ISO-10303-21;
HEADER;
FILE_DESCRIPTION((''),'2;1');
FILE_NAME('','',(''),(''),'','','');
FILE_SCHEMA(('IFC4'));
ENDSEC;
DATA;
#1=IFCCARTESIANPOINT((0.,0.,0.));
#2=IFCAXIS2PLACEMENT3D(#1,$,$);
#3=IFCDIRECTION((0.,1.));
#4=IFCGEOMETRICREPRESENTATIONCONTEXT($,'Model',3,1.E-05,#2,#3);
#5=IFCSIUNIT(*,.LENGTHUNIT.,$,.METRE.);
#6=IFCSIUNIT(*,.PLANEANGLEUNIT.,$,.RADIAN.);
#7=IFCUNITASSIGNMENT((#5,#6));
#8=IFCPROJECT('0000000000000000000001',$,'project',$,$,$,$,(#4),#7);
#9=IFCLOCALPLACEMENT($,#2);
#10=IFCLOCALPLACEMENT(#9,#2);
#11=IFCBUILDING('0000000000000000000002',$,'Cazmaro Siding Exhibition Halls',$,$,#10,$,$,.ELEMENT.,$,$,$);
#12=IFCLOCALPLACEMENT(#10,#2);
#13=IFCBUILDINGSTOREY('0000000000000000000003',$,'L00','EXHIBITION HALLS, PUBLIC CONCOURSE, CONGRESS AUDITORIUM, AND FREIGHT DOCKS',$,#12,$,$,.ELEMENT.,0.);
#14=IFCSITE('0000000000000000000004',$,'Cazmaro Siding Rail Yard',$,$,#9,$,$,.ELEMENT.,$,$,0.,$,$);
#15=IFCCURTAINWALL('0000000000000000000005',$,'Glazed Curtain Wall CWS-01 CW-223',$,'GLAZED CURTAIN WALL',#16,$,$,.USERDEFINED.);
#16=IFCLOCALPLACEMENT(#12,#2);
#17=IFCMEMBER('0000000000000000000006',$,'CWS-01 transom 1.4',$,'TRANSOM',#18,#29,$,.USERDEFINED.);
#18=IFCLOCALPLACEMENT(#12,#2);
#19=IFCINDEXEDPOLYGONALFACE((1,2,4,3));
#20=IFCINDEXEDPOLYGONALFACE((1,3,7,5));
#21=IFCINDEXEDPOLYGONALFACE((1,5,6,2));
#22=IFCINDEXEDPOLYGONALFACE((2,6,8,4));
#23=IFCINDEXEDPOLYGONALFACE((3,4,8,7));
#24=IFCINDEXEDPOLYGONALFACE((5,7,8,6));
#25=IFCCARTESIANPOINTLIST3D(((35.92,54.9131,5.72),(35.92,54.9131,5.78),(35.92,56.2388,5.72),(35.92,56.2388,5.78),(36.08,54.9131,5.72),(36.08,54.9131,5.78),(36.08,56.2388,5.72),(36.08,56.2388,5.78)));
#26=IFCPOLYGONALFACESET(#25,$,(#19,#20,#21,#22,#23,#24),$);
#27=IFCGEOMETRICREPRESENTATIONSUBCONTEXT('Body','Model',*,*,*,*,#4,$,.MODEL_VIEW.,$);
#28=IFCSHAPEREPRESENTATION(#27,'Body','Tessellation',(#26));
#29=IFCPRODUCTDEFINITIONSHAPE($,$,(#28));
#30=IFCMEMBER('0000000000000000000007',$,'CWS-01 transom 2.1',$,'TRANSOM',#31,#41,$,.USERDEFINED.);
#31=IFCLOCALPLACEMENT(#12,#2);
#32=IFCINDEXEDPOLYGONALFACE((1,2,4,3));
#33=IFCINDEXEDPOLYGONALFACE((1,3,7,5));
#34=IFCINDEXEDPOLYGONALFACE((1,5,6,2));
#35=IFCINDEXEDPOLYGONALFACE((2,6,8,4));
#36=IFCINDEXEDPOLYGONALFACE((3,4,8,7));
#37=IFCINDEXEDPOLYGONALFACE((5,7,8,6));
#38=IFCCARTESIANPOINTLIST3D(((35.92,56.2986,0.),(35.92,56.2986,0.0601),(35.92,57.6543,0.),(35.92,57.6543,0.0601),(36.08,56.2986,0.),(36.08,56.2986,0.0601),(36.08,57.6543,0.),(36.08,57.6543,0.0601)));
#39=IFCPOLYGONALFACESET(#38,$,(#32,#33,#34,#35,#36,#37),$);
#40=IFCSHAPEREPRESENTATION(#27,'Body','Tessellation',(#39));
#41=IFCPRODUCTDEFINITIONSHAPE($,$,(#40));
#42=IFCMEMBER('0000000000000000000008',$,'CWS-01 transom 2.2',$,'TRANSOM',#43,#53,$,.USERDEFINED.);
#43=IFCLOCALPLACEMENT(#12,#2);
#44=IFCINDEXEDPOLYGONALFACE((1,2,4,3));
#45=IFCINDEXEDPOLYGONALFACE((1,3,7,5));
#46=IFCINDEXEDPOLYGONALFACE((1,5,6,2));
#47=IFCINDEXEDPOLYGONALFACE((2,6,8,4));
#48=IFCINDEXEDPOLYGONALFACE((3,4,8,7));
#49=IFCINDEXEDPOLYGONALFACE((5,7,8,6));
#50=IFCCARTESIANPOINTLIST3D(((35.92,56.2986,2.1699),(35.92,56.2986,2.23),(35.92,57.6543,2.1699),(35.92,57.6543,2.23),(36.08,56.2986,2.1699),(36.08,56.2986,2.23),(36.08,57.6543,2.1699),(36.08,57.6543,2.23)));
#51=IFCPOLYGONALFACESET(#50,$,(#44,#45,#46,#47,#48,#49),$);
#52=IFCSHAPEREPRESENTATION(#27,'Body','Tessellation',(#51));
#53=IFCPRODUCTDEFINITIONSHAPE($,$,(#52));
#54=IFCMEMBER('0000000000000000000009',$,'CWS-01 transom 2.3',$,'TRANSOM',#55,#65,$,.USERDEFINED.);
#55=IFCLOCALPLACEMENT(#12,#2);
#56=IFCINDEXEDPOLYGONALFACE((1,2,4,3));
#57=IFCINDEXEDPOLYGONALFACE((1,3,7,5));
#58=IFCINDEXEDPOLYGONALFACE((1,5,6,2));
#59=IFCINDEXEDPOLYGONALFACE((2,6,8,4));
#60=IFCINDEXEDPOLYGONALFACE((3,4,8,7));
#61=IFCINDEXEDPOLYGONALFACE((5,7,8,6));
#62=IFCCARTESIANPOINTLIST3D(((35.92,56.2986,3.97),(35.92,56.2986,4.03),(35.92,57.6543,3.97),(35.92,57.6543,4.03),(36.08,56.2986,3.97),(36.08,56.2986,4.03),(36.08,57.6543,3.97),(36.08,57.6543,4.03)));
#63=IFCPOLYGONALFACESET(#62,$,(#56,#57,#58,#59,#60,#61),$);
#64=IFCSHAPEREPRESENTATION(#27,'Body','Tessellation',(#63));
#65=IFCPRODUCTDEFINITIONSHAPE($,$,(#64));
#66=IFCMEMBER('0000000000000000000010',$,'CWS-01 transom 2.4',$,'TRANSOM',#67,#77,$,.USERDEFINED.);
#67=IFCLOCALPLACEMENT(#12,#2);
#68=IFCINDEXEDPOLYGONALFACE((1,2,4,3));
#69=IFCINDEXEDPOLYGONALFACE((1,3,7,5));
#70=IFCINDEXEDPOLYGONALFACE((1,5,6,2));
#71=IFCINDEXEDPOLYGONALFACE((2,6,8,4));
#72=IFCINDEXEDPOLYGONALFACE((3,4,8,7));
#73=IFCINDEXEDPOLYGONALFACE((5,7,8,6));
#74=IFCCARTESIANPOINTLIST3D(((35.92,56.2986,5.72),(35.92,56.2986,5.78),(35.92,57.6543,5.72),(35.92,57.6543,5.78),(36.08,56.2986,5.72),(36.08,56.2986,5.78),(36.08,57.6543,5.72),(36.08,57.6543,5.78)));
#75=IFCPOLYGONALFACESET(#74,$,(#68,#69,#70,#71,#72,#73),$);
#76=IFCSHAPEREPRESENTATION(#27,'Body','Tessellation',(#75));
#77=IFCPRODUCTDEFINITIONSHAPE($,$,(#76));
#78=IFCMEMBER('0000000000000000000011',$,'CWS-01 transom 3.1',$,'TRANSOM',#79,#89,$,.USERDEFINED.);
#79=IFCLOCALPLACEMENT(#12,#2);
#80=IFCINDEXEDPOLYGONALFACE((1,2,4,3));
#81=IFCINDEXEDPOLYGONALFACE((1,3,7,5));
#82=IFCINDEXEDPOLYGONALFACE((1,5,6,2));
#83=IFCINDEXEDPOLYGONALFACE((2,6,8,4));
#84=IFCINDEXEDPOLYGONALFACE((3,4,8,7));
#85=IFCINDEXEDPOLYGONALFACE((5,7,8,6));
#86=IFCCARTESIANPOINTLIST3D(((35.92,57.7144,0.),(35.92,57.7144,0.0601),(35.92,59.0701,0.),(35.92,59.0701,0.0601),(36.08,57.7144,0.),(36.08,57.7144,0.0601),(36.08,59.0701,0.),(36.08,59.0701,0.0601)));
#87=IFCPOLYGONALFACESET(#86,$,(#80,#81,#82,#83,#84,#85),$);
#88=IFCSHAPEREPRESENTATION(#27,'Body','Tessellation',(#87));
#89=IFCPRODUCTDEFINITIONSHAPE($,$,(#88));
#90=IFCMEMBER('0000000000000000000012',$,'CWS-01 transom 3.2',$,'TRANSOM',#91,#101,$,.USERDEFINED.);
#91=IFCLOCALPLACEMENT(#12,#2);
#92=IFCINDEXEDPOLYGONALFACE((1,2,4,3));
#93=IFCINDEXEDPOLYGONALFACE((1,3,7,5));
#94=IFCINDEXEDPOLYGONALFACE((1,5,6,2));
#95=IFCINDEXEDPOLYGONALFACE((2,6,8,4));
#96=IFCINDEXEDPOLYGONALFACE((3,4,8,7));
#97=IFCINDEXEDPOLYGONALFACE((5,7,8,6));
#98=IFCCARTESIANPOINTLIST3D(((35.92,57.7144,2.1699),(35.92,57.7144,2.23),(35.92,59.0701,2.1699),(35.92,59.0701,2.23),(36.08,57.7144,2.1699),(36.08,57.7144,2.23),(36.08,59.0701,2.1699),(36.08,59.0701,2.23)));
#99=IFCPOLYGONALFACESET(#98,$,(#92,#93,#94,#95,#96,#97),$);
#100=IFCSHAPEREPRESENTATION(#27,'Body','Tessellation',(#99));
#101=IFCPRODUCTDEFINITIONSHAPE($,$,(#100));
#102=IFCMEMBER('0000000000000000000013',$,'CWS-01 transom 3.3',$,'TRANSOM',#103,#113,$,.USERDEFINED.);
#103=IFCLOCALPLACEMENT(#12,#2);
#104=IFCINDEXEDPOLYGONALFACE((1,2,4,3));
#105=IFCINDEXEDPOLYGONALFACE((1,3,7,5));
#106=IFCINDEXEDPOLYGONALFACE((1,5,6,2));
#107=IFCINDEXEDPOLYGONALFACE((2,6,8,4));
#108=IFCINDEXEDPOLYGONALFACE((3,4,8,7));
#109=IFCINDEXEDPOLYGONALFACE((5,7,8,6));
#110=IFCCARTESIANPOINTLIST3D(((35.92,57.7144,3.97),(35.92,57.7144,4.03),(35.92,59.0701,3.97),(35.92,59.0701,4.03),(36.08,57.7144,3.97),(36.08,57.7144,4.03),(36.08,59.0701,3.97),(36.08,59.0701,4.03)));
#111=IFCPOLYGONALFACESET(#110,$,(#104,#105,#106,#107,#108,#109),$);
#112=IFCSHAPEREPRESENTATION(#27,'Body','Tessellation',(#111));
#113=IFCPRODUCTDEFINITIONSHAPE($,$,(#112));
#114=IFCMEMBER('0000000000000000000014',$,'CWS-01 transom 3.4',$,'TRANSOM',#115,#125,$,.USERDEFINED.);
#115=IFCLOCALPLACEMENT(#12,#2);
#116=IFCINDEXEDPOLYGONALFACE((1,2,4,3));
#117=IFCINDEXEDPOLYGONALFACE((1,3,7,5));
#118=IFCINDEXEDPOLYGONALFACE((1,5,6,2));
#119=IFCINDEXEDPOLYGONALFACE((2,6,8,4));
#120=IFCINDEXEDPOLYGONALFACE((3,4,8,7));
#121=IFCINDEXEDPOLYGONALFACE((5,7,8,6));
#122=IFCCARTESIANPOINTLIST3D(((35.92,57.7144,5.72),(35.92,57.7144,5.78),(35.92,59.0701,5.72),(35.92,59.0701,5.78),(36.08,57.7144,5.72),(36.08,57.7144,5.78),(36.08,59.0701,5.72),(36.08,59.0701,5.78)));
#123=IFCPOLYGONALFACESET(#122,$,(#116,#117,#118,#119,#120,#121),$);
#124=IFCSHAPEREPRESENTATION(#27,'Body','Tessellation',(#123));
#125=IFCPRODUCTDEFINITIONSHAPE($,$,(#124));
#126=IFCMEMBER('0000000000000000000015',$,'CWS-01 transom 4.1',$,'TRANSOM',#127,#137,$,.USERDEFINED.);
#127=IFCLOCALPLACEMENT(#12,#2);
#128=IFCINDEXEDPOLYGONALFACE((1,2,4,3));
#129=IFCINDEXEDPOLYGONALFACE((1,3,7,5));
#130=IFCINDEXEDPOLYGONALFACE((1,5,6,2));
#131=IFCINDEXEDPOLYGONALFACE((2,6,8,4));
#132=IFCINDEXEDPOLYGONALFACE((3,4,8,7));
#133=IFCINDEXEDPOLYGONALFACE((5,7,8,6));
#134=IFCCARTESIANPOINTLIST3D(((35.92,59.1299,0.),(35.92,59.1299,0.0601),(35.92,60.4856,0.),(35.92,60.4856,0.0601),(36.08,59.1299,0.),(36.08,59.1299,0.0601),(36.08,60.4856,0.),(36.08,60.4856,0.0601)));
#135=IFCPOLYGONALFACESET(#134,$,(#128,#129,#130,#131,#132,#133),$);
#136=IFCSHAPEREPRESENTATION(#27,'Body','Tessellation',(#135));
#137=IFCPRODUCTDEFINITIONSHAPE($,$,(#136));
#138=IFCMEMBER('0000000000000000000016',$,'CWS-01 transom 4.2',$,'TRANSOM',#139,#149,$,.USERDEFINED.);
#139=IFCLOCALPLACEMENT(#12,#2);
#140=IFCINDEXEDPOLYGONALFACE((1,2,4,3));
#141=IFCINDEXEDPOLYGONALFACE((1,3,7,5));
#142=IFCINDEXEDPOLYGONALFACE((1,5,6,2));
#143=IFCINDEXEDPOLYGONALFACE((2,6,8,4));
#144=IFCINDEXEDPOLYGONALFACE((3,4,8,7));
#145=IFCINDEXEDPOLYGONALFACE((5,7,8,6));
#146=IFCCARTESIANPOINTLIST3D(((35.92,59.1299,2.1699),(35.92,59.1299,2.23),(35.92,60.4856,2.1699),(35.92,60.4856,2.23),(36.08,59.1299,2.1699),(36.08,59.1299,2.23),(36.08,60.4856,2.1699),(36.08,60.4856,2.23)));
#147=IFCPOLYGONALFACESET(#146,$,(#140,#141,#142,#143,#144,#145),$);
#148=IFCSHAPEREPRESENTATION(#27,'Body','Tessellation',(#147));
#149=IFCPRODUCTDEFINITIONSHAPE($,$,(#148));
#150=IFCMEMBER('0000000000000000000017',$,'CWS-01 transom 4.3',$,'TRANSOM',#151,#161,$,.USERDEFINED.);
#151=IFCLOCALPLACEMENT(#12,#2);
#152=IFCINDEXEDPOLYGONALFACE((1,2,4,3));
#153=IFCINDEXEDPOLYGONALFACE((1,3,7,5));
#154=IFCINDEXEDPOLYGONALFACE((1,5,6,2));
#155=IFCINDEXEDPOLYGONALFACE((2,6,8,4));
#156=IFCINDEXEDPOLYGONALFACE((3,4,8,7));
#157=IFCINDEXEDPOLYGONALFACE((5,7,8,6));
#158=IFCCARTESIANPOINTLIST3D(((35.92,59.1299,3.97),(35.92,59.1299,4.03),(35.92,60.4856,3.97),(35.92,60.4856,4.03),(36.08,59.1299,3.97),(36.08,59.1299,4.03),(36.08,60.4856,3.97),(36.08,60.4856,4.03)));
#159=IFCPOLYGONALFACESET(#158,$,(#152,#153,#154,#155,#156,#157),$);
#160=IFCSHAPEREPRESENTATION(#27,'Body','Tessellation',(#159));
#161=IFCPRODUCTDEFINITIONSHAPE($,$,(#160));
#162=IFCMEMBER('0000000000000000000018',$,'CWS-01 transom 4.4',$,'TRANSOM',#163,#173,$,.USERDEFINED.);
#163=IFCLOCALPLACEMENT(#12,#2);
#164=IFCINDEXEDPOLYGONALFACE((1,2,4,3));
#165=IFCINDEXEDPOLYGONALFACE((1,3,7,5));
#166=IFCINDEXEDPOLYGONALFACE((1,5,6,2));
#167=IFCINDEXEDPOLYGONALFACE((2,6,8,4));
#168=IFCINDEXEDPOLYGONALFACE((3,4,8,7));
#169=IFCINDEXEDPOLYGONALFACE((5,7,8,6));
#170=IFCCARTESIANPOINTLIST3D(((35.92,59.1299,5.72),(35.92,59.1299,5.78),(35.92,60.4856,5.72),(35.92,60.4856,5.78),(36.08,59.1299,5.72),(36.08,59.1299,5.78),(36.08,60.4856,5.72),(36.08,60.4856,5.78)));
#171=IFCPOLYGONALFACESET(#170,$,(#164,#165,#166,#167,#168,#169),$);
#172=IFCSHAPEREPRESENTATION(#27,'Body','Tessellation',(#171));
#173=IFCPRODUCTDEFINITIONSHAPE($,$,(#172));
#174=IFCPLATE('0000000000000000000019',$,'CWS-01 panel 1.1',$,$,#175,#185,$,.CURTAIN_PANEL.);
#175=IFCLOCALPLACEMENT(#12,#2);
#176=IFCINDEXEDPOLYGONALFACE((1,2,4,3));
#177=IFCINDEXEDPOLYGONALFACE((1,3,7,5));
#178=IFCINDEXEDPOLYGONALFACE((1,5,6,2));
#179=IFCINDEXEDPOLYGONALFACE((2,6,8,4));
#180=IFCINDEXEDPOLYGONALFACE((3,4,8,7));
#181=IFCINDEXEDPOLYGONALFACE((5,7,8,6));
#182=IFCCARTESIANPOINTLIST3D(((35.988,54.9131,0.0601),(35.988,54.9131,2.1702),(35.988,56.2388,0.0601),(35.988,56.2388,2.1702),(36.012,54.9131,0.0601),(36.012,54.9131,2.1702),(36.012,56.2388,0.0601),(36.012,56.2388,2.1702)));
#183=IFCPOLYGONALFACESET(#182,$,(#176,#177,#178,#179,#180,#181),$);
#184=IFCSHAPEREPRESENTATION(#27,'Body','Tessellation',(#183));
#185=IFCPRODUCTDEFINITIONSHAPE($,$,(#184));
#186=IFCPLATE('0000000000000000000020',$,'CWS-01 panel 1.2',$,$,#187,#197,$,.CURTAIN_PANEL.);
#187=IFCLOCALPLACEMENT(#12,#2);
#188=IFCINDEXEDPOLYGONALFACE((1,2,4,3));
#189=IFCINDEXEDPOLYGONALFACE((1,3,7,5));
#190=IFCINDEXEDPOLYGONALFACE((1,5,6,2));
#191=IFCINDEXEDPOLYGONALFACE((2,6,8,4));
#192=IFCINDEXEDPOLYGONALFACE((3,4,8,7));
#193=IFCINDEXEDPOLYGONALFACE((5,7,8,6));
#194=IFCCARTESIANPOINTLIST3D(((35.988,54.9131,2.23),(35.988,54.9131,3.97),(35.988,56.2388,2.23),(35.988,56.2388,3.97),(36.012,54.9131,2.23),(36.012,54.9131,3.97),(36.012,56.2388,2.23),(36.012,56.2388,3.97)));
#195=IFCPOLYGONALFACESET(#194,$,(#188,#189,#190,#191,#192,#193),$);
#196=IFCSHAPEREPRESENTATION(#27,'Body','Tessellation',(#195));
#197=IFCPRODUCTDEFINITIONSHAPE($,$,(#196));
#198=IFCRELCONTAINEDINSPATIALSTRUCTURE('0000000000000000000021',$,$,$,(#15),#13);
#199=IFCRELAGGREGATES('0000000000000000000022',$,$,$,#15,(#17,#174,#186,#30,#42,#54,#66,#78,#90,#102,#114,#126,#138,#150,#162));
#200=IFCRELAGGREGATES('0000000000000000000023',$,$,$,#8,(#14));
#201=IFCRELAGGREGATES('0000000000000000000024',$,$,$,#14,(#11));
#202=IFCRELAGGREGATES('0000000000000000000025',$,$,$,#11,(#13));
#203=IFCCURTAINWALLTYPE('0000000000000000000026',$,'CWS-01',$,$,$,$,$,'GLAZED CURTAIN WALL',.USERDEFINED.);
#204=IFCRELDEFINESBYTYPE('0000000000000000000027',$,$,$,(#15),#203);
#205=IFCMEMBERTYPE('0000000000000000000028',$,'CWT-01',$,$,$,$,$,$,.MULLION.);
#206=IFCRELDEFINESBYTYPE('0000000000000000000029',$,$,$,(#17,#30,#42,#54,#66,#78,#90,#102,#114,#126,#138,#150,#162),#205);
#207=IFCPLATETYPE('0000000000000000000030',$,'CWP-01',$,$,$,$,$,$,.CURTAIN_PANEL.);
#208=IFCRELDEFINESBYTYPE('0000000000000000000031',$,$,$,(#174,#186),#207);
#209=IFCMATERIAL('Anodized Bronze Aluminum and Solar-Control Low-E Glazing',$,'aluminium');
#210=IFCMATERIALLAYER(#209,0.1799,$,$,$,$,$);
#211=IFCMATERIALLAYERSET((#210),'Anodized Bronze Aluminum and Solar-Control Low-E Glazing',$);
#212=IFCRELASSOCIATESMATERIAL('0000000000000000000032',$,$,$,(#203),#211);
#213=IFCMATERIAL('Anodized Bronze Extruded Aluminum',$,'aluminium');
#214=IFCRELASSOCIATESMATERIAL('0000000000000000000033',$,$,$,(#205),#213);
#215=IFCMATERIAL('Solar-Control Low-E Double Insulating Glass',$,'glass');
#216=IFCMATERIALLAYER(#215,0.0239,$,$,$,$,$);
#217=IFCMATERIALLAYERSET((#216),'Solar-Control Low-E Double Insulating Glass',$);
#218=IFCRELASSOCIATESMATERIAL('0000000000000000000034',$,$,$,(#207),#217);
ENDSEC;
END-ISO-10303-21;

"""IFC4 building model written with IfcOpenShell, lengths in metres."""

from ifc_helpers import new_model, si_unit, direction, frame, origin, origin_2d, place, context, subcontext, project, spatial, rectangle, extrude, material, layer, layer_set, material_profile, profile_set, type_object, element, aggregate, save


model = new_model("IFC4")

# Units and contexts
model_context = context("Model", 3, precision=1e-05, world=origin(), true_north=direction((0.0, 1.0)))
body_context = subcontext(model_context, "Body", "Model", "MODEL_VIEW")
ifc_project = project(units=[si_unit("LENGTHUNIT", "METRE"), si_unit("PLANEANGLEUNIT", "RADIAN")], contexts=[model_context])

# Site, building, storey
site_placement = place(None, origin())
site = spatial("IfcSite", under=ifc_project, at=site_placement, Name="Cazmaro Siding Rail Yard", CompositionType="ELEMENT", RefElevation=0.0)
building_placement = place(site_placement, origin())
building = spatial("IfcBuilding", under=site, at=building_placement, Name="Cazmaro Siding Exhibition Halls", CompositionType="ELEMENT")
storey_placement = place(building_placement, origin())
storey = spatial("IfcBuildingStorey", under=building, at=storey_placement, Name="L00", Description="EXHIBITION HALLS, PUBLIC CONCOURSE, CONGRESS AUDITORIUM, AND FREIGHT DOCKS", CompositionType="ELEMENT", Elevation=0.0)

# Curtain wall, members, plates
ifc_material_1 = material(Name="Anodized Bronze Aluminum and Solar-Control Low-E Glazing", Category="aluminium")
ifc_layer_1 = layer(ifc_material_1, 0.1799)
ifc_layer_set_1 = layer_set([ifc_layer_1], Name="Anodized Bronze Aluminum and Solar-Control Low-E Glazing")
curtain_wall_type = type_object("IfcCurtainWallType", Name="CWS-01", ElementType="GLAZED CURTAIN WALL", PredefinedType="USERDEFINED", material=ifc_layer_set_1)
curtain_wall_placement = place(storey_placement, origin())
curtain_wall = element("IfcCurtainWall", 1, at=curtain_wall_placement, inside=storey, type_object=curtain_wall_type, Name="Glazed Curtain Wall CWS-01 CW-223", ObjectType="GLAZED CURTAIN WALL", PredefinedType="USERDEFINED")
ifc_material_2 = material(Name="Anodized Bronze Extruded Aluminum", Category="aluminium")
ifc_material_profile_1 = material_profile(ifc_material_2, rectangle(XDim=0.1599, YDim=0.0601, at=origin_2d()), Name="CWT-01")
ifc_profile_set_1 = profile_set([ifc_material_profile_1], Name="Anodized Bronze Extruded Aluminum")
member_type_1 = type_object("IfcMemberType", Name="CWT-01", PredefinedType="MULLION", material=ifc_profile_set_1)
member_1_placement = place(storey_placement, frame((36.0, 54.9131, 5.75), z_axis=(0.0, 1.0, 0.0), x_axis=(-1.0, 0.0, 0.0)))
member_1 = element("IfcMember", 2, at=member_1_placement, type_object=member_type_1, Name="CWS-01 transom 1.4", ObjectType="TRANSOM", PredefinedType="USERDEFINED", context=body_context, shape_type="SweptSolid", body=[
    extrude(rectangle(XDim=0.1599, YDim=0.0601, at=origin_2d()), origin(), (0.0, 0.0, 1.0), 1.3257),
])
member_2_placement = place(storey_placement, frame((36.0, 56.2986, 0.03), z_axis=(0.0, 1.0, 0.0), x_axis=(-1.0, 0.0, 0.0)))
member_2 = element("IfcMember", 3, at=member_2_placement, type_object=member_type_1, Name="CWS-01 transom 2.1", ObjectType="TRANSOM", PredefinedType="USERDEFINED", context=body_context, shape_type="SweptSolid", body=[
    extrude(rectangle(XDim=0.1599, YDim=0.0601, at=origin_2d()), origin(), (0.0, 0.0, 1.0), 1.3557),
])
member_3_placement = place(storey_placement, frame((36.0, 56.2986, 2.2), z_axis=(0.0, 1.0, 0.0), x_axis=(-1.0, 0.0, 0.0)))
member_3 = element("IfcMember", 4, at=member_3_placement, type_object=member_type_1, Name="CWS-01 transom 2.2", ObjectType="TRANSOM", PredefinedType="USERDEFINED", context=body_context, shape_type="SweptSolid", body=[
    extrude(rectangle(XDim=0.1599, YDim=0.0601, at=origin_2d()), origin(), (0.0, 0.0, 1.0), 1.3557),
])
member_4_placement = place(storey_placement, frame((36.0, 56.2986, 4.0), z_axis=(0.0, 1.0, 0.0), x_axis=(-1.0, 0.0, 0.0)))
member_4 = element("IfcMember", 5, at=member_4_placement, type_object=member_type_1, Name="CWS-01 transom 2.3", ObjectType="TRANSOM", PredefinedType="USERDEFINED", context=body_context, shape_type="SweptSolid", body=[
    extrude(rectangle(XDim=0.1599, YDim=0.0601, at=origin_2d()), origin(), (0.0, 0.0, 1.0), 1.3557),
])
member_5_placement = place(storey_placement, frame((36.0, 56.2986, 5.75), z_axis=(0.0, 1.0, 0.0), x_axis=(-1.0, 0.0, 0.0)))
member_5 = element("IfcMember", 6, at=member_5_placement, type_object=member_type_1, Name="CWS-01 transom 2.4", ObjectType="TRANSOM", PredefinedType="USERDEFINED", context=body_context, shape_type="SweptSolid", body=[
    extrude(rectangle(XDim=0.1599, YDim=0.0601, at=origin_2d()), origin(), (0.0, 0.0, 1.0), 1.3557),
])
member_6_placement = place(storey_placement, frame((36.0, 57.7144, 0.03), z_axis=(0.0, 1.0, 0.0), x_axis=(-1.0, 0.0, 0.0)))
member_6 = element("IfcMember", 7, at=member_6_placement, type_object=member_type_1, Name="CWS-01 transom 3.1", ObjectType="TRANSOM", PredefinedType="USERDEFINED", context=body_context, shape_type="SweptSolid", body=[
    extrude(rectangle(XDim=0.1599, YDim=0.0601, at=origin_2d()), origin(), (0.0, 0.0, 1.0), 1.3557),
])
member_7_placement = place(storey_placement, frame((36.0, 57.7144, 2.2), z_axis=(0.0, 1.0, 0.0), x_axis=(-1.0, 0.0, 0.0)))
member_7 = element("IfcMember", 8, at=member_7_placement, type_object=member_type_1, Name="CWS-01 transom 3.2", ObjectType="TRANSOM", PredefinedType="USERDEFINED", context=body_context, shape_type="SweptSolid", body=[
    extrude(rectangle(XDim=0.1599, YDim=0.0601, at=origin_2d()), origin(), (0.0, 0.0, 1.0), 1.3557),
])
member_8_placement = place(storey_placement, frame((36.0, 57.7144, 4.0), z_axis=(0.0, 1.0, 0.0), x_axis=(-1.0, 0.0, 0.0)))
member_8 = element("IfcMember", 9, at=member_8_placement, type_object=member_type_1, Name="CWS-01 transom 3.3", ObjectType="TRANSOM", PredefinedType="USERDEFINED", context=body_context, shape_type="SweptSolid", body=[
    extrude(rectangle(XDim=0.1599, YDim=0.0601, at=origin_2d()), origin(), (0.0, 0.0, 1.0), 1.3557),
])
member_9_placement = place(storey_placement, frame((36.0, 57.7144, 5.75), z_axis=(0.0, 1.0, 0.0), x_axis=(-1.0, 0.0, 0.0)))
member_9 = element("IfcMember", 10, at=member_9_placement, type_object=member_type_1, Name="CWS-01 transom 3.4", ObjectType="TRANSOM", PredefinedType="USERDEFINED", context=body_context, shape_type="SweptSolid", body=[
    extrude(rectangle(XDim=0.1599, YDim=0.0601, at=origin_2d()), origin(), (0.0, 0.0, 1.0), 1.3557),
])
member_10_placement = place(storey_placement, frame((36.0, 59.1299, 0.03), z_axis=(0.0, 1.0, 0.0), x_axis=(-1.0, 0.0, 0.0)))
member_10 = element("IfcMember", 11, at=member_10_placement, type_object=member_type_1, Name="CWS-01 transom 4.1", ObjectType="TRANSOM", PredefinedType="USERDEFINED", context=body_context, shape_type="SweptSolid", body=[
    extrude(rectangle(XDim=0.1599, YDim=0.0601, at=origin_2d()), origin(), (0.0, 0.0, 1.0), 1.3557),
])
member_11_placement = place(storey_placement, frame((36.0, 59.1299, 2.2), z_axis=(0.0, 1.0, 0.0), x_axis=(-1.0, 0.0, 0.0)))
member_11 = element("IfcMember", 12, at=member_11_placement, type_object=member_type_1, Name="CWS-01 transom 4.2", ObjectType="TRANSOM", PredefinedType="USERDEFINED", context=body_context, shape_type="SweptSolid", body=[
    extrude(rectangle(XDim=0.1599, YDim=0.0601, at=origin_2d()), origin(), (0.0, 0.0, 1.0), 1.3557),
])
member_12_placement = place(storey_placement, frame((36.0, 59.1299, 4.0), z_axis=(0.0, 1.0, 0.0), x_axis=(-1.0, 0.0, 0.0)))
member_12 = element("IfcMember", 13, at=member_12_placement, type_object=member_type_1, Name="CWS-01 transom 4.3", ObjectType="TRANSOM", PredefinedType="USERDEFINED", context=body_context, shape_type="SweptSolid", body=[
    extrude(rectangle(XDim=0.1599, YDim=0.0601, at=origin_2d()), origin(), (0.0, 0.0, 1.0), 1.3557),
])
member_13_placement = place(storey_placement, frame((36.0, 59.1299, 5.75), z_axis=(0.0, 1.0, 0.0), x_axis=(-1.0, 0.0, 0.0)))
member_13 = element("IfcMember", 14, at=member_13_placement, type_object=member_type_1, Name="CWS-01 transom 4.4", ObjectType="TRANSOM", PredefinedType="USERDEFINED", context=body_context, shape_type="SweptSolid", body=[
    extrude(rectangle(XDim=0.1599, YDim=0.0601, at=origin_2d()), origin(), (0.0, 0.0, 1.0), 1.3557),
])
ifc_material_3 = material(Name="Solar-Control Low-E Double Insulating Glass", Category="glass")
ifc_layer_2 = layer(ifc_material_3, 0.0239)
ifc_layer_set_2 = layer_set([ifc_layer_2], Name="Solar-Control Low-E Double Insulating Glass")
plate_type = type_object("IfcPlateType", Name="CWP-01", PredefinedType="CURTAIN_PANEL", material=ifc_layer_set_2)
plate_1_placement = place(storey_placement, frame((36.0, 55.5759, 0.0601), z_axis=(0.0, 0.0, 1.0), x_axis=(0.0, 1.0, 0.0)))
plate_1 = element("IfcPlate", 15, at=plate_1_placement, type_object=plate_type, Name="CWS-01 panel 1.1", PredefinedType="CURTAIN_PANEL", context=body_context, shape_type="SweptSolid", body=[
    extrude(rectangle(XDim=1.3257, YDim=0.0239, at=origin_2d()), origin(), (0.0, 0.0, 1.0), 2.1101),
])
plate_2_placement = place(storey_placement, frame((36.0, 55.5759, 2.23), z_axis=(0.0, 0.0, 1.0), x_axis=(0.0, 1.0, 0.0)))
plate_2 = element("IfcPlate", 16, at=plate_2_placement, type_object=plate_type, Name="CWS-01 panel 1.2", PredefinedType="CURTAIN_PANEL", context=body_context, shape_type="SweptSolid", body=[
    extrude(rectangle(XDim=1.3257, YDim=0.0239, at=origin_2d()), origin(), (0.0, 0.0, 1.0), 1.74),
])
aggregate(curtain_wall, [member_1, plate_1, plate_2, member_2, member_3, member_4, member_5, member_6, member_7, member_8, member_9, member_10, member_11, member_12, member_13])

save(model, "model.ifc")
